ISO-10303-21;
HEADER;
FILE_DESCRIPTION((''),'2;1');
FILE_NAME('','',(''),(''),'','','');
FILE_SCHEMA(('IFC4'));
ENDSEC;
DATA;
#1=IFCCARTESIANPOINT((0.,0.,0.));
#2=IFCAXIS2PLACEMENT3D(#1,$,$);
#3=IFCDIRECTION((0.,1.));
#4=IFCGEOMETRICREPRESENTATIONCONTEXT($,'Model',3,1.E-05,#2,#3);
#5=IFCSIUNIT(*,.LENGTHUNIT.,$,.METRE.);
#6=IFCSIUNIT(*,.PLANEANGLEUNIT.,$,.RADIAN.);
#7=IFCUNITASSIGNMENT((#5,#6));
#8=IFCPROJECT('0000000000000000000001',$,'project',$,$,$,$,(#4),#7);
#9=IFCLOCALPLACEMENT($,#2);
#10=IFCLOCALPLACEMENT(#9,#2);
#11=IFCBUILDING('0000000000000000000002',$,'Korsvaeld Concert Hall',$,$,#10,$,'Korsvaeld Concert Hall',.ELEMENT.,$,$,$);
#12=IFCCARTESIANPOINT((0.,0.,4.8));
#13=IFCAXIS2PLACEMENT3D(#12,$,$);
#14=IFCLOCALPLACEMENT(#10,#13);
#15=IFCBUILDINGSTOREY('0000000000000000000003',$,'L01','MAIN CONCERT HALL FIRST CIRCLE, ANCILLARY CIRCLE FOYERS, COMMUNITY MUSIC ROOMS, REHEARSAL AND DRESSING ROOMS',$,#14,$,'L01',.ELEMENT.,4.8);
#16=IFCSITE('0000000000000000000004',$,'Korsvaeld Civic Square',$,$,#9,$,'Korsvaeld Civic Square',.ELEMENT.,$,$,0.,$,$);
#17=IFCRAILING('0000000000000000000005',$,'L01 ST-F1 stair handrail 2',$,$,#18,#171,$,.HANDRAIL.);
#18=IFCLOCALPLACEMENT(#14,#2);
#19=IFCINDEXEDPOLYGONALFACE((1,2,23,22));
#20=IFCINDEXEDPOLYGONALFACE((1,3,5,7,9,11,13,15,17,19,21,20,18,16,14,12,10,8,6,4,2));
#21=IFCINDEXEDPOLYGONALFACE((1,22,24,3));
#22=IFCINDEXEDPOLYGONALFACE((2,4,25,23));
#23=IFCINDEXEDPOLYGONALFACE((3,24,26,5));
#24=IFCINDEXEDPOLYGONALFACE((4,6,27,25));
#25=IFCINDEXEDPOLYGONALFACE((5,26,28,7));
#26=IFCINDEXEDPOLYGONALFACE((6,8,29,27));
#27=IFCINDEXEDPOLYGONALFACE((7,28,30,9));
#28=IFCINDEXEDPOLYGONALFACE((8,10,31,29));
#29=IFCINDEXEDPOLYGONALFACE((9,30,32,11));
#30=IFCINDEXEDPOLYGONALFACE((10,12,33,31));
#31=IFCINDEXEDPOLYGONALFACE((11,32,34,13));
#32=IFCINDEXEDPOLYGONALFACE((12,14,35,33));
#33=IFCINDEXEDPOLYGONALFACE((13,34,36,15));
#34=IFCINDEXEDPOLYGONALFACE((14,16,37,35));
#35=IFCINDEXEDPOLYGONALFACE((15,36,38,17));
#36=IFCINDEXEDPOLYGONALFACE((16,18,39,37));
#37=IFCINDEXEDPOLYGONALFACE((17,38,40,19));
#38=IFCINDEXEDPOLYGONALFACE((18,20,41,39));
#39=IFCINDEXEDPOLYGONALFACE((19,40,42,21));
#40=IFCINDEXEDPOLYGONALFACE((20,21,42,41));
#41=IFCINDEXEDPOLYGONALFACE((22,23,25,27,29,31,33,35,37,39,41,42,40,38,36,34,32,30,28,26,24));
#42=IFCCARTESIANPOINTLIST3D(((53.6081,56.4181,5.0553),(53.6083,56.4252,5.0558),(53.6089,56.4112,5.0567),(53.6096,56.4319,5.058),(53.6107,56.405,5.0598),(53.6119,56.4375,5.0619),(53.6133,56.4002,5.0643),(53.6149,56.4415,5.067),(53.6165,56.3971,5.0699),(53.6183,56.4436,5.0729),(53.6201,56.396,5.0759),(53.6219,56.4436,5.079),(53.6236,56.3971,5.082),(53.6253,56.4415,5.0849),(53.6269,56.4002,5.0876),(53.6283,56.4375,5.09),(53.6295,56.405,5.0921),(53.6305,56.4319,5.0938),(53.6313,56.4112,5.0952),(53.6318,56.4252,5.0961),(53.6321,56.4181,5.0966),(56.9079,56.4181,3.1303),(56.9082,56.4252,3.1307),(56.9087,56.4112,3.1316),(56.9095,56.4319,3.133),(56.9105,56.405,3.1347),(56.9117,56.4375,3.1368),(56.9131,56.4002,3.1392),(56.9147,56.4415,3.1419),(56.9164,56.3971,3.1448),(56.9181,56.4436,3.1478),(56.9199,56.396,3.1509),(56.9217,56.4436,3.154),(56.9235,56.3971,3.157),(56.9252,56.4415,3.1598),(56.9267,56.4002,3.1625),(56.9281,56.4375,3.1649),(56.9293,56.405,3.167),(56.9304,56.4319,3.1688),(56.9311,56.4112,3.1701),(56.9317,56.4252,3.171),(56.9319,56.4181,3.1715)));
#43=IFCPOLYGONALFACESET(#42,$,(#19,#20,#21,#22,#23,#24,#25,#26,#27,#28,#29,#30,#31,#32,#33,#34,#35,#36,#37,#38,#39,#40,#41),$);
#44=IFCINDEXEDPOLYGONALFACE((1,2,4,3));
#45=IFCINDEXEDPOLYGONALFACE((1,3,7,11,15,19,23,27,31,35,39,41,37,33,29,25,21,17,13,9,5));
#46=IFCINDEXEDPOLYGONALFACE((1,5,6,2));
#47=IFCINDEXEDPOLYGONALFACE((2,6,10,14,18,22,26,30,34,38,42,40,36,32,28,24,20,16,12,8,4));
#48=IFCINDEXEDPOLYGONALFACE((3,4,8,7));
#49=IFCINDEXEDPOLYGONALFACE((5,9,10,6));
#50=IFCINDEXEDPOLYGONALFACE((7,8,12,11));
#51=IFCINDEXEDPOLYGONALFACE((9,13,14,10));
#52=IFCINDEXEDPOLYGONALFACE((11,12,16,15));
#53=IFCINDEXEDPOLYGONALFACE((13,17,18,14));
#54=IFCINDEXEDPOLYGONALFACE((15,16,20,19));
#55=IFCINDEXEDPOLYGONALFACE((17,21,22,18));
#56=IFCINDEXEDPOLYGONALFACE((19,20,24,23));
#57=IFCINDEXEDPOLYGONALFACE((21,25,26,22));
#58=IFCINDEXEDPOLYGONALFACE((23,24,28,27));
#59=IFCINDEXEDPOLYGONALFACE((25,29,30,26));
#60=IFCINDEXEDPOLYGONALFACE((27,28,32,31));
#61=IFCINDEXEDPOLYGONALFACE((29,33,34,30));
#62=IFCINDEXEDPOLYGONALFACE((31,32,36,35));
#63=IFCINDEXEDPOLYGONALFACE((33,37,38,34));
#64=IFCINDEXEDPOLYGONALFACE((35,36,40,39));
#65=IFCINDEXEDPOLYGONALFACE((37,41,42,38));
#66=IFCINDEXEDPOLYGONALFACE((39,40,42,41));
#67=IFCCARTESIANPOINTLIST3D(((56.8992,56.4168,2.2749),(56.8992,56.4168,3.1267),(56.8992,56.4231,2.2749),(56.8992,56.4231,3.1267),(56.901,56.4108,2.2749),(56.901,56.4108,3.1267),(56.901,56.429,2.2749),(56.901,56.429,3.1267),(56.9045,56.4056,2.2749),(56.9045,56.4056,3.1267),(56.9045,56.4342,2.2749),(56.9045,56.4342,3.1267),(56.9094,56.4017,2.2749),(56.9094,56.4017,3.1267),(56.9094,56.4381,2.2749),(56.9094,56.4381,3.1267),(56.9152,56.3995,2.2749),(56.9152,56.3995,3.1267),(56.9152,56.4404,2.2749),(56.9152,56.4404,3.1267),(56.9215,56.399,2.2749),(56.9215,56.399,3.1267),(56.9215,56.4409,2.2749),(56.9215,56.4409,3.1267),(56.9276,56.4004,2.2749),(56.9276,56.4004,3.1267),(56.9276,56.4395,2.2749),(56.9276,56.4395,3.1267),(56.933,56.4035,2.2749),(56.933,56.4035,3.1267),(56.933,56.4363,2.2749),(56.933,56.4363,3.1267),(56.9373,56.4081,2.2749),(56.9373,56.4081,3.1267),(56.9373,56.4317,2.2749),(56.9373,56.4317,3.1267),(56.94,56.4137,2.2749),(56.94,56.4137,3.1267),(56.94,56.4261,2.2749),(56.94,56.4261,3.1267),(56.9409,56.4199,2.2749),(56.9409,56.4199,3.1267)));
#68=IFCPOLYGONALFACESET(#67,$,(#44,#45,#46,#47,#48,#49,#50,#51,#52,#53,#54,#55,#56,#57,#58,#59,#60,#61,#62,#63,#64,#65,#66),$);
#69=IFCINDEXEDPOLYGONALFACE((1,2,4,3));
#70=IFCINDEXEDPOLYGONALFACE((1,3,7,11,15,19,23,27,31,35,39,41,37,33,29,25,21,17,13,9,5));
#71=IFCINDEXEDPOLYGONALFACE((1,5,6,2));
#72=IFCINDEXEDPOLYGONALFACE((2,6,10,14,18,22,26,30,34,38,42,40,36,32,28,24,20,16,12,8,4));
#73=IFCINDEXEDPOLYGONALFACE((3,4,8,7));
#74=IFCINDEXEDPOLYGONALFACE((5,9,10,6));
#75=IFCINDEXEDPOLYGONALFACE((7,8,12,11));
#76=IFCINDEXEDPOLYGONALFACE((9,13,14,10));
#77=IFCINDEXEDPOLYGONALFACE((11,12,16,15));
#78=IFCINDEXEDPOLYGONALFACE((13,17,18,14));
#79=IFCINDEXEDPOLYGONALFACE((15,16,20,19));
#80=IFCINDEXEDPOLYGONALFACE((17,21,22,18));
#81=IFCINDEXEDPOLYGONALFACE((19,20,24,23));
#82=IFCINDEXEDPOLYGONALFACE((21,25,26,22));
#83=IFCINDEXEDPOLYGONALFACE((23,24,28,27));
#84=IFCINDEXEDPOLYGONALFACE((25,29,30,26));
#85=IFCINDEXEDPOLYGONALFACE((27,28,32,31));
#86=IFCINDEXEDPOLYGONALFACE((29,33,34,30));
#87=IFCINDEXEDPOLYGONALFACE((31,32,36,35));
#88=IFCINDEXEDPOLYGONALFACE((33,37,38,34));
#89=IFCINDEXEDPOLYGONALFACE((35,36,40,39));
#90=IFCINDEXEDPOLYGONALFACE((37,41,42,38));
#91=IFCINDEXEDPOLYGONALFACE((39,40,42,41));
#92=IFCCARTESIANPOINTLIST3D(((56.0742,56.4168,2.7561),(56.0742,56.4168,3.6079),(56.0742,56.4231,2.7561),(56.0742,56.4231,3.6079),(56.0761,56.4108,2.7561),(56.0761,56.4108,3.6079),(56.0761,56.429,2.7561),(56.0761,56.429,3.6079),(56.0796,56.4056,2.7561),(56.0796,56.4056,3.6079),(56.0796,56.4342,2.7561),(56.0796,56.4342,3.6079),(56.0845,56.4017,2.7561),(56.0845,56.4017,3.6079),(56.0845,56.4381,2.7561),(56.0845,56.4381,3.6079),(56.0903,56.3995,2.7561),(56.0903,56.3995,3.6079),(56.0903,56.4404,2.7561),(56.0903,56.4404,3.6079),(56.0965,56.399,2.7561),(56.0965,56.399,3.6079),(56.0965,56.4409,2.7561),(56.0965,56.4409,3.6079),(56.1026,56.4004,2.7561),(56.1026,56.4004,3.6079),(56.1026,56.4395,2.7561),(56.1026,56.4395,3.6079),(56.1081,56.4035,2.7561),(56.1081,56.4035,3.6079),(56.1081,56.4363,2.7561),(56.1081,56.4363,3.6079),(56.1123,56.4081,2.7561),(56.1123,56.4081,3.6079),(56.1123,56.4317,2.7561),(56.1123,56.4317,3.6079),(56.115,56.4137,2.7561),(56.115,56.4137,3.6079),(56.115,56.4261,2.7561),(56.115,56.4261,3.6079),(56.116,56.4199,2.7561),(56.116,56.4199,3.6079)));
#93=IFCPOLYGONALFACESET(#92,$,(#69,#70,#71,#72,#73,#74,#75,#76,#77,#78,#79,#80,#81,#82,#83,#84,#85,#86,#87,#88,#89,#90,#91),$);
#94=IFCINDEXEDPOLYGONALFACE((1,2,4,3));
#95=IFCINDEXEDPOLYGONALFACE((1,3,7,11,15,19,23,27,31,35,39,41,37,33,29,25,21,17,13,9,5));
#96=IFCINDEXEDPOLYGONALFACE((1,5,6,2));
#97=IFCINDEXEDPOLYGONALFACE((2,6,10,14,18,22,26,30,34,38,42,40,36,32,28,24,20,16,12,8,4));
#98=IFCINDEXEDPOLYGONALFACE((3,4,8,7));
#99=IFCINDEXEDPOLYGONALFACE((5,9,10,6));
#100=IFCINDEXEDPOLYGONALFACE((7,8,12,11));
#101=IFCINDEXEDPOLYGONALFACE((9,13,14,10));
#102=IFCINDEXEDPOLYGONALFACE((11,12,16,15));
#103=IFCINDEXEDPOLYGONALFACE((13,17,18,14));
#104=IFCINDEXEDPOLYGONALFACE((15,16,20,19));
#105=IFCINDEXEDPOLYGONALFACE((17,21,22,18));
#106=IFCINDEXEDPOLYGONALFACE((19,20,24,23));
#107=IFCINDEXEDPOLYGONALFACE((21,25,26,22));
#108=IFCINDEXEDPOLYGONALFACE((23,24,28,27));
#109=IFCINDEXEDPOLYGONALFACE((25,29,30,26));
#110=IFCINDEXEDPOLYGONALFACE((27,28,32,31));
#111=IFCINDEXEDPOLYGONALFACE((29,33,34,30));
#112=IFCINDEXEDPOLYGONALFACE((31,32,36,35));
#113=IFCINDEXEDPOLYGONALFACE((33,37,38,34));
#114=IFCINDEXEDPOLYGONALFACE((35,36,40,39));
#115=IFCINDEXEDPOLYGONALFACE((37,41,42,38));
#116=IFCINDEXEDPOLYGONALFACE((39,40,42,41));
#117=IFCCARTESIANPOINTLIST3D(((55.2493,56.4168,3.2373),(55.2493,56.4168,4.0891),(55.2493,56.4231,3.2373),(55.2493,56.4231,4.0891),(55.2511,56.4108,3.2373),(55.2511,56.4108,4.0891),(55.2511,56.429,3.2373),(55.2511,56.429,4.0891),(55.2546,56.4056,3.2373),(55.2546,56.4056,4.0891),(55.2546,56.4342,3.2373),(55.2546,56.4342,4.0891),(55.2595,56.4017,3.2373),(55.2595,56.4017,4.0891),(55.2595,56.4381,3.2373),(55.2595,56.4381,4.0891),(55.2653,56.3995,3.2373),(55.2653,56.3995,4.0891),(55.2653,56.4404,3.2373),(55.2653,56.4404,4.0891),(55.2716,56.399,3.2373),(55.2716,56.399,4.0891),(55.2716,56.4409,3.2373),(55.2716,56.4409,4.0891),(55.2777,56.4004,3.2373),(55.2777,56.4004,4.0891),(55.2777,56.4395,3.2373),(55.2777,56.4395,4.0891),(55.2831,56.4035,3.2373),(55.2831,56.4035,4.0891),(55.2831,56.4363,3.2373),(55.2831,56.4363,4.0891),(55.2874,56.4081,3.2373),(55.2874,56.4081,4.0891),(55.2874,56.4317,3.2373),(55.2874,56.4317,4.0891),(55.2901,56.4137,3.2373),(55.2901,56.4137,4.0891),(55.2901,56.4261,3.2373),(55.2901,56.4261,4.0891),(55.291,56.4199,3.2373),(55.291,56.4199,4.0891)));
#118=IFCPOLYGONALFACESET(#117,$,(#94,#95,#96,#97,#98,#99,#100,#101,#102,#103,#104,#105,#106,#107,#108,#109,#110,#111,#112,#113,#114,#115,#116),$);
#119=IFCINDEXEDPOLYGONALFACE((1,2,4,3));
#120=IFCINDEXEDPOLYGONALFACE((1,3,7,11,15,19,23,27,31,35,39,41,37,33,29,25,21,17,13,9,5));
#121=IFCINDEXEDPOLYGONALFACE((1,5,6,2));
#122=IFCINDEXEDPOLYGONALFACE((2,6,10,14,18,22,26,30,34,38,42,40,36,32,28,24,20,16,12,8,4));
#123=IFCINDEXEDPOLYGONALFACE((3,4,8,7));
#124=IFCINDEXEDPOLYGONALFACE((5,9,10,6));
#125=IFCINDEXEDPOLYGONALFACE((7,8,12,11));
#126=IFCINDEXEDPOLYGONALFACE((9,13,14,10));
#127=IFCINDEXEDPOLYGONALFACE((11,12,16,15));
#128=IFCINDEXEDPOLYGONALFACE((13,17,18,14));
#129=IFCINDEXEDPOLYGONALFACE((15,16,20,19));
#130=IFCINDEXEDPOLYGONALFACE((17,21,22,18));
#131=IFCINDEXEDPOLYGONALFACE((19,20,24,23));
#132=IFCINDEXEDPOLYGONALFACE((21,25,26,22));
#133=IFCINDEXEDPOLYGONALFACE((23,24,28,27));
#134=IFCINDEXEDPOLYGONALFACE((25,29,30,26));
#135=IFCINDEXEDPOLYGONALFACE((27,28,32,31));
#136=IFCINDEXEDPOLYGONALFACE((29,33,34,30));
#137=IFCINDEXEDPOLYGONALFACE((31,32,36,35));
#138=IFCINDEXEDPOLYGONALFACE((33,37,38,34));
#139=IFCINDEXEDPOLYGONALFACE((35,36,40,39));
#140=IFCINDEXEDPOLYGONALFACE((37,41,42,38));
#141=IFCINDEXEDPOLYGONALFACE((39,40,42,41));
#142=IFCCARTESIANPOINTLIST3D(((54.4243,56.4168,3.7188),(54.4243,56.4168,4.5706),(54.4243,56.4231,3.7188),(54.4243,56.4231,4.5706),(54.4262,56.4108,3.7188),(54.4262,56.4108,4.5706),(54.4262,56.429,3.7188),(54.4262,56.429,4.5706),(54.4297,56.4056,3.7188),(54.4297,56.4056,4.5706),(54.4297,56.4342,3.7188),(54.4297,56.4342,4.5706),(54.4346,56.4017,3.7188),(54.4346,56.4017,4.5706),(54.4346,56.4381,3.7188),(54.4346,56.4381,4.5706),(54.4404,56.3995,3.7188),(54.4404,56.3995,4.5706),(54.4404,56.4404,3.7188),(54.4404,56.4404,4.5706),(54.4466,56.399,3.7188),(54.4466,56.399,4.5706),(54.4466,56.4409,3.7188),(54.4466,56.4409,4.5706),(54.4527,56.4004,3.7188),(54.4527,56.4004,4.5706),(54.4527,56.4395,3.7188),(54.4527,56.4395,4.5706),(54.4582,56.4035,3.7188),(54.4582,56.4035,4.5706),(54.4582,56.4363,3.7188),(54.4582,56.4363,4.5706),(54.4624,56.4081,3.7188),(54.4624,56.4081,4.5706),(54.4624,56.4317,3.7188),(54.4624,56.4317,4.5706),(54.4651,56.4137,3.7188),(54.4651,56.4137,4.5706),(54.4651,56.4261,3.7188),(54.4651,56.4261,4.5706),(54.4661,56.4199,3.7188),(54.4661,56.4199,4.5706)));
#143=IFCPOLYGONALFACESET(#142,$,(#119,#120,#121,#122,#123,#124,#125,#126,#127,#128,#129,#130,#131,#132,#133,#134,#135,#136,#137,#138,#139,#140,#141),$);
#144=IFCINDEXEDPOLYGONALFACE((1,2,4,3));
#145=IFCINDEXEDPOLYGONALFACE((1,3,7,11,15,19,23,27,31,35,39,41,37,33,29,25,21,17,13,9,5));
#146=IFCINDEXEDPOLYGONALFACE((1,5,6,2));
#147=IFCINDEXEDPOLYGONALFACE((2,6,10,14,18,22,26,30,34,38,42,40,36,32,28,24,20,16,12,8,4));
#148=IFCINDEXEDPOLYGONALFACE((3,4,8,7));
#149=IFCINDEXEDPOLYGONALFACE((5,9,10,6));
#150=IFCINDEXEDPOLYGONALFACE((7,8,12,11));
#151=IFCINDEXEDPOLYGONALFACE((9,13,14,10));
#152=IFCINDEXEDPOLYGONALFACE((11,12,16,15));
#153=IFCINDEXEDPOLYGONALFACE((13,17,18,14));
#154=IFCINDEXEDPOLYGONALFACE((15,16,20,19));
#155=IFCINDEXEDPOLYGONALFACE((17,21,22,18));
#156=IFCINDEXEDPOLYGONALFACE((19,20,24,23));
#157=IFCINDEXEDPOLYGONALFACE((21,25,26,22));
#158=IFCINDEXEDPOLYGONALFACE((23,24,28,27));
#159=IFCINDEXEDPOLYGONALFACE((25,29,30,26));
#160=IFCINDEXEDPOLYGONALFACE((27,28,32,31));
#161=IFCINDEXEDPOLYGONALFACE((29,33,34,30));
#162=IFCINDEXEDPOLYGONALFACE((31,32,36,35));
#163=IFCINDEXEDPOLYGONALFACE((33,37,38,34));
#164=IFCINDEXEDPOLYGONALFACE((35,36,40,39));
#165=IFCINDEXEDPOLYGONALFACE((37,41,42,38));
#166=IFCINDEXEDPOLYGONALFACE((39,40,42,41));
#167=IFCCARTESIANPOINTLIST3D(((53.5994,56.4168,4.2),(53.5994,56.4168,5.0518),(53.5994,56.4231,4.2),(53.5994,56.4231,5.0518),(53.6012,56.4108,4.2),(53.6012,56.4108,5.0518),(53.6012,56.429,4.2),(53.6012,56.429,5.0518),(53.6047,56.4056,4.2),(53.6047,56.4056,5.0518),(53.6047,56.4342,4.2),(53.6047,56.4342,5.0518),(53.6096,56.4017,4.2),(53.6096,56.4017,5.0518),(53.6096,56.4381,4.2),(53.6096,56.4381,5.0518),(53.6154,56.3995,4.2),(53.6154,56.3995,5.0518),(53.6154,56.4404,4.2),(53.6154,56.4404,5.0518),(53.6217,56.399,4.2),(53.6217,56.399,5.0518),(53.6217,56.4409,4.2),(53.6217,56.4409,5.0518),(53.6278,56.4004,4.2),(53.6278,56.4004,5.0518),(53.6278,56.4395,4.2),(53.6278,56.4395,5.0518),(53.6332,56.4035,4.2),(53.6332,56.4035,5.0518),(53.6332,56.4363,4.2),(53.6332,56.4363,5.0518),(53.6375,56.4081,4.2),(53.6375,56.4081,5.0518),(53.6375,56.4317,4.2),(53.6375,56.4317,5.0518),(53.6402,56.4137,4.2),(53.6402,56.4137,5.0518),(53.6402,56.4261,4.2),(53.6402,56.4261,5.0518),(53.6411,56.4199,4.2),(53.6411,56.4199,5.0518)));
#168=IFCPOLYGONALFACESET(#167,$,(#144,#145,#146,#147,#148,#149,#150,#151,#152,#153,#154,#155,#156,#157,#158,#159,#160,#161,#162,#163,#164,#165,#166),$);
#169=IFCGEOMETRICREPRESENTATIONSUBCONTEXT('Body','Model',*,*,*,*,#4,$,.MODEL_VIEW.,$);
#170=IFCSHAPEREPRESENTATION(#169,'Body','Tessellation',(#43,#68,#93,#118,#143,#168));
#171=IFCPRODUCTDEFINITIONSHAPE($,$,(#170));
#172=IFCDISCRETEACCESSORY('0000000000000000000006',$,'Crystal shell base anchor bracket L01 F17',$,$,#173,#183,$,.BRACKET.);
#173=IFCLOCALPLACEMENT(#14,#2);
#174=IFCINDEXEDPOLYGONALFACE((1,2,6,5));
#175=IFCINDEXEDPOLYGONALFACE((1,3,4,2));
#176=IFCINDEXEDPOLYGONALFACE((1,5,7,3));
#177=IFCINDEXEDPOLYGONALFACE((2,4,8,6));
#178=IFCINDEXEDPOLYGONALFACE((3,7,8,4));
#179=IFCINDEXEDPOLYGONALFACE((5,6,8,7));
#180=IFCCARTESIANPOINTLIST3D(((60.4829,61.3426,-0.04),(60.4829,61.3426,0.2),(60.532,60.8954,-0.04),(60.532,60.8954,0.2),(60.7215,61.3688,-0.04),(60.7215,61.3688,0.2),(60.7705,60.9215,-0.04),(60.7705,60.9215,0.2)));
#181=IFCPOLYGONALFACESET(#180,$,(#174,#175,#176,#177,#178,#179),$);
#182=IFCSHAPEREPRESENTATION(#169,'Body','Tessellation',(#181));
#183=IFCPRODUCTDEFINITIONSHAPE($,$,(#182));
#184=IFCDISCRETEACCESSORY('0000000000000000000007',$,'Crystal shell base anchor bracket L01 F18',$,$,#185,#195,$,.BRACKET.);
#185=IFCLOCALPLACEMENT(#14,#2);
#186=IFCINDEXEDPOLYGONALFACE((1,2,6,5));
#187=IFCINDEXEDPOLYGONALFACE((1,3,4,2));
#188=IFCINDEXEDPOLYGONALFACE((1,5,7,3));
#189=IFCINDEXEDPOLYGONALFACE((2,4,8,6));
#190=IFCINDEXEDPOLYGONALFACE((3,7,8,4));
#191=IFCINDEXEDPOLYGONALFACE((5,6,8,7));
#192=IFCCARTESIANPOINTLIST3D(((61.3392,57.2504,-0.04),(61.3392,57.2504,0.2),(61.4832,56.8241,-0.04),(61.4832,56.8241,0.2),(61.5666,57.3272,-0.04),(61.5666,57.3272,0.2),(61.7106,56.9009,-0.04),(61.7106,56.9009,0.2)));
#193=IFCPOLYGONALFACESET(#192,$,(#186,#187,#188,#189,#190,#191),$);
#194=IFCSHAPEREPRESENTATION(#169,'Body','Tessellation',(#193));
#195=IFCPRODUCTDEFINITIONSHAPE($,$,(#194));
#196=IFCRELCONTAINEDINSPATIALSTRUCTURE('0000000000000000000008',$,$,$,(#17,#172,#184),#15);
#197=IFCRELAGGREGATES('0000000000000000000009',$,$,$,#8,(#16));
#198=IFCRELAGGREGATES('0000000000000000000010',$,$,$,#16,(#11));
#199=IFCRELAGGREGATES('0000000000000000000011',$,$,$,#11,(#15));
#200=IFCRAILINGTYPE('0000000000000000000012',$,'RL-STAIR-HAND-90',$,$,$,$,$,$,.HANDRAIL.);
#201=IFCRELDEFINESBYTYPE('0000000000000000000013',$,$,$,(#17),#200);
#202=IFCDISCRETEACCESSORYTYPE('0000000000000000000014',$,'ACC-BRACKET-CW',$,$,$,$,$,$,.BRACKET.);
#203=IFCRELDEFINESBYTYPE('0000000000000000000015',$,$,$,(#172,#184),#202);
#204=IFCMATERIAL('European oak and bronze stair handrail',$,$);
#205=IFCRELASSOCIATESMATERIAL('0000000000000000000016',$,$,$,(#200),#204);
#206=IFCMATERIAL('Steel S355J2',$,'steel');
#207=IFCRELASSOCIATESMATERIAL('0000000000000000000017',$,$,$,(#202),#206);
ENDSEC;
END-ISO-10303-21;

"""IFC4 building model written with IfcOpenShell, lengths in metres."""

from ifc_helpers import new_model, si_unit, direction, frame, origin, origin_2d, place, context, subcontext, project, spatial, rectangle, circle, extrude, material, type_object, element, save


model = new_model("IFC4")

# Units and contexts
model_context = context("Model", 3, precision=1e-05, world=origin(), true_north=direction((0.0, 1.0)))
body_context = subcontext(model_context, "Body", "Model", "MODEL_VIEW")
ifc_project = project(units=[si_unit("LENGTHUNIT", "METRE"), si_unit("PLANEANGLEUNIT", "RADIAN")], contexts=[model_context])

# Site, building, storey
site_placement = place(None, origin())
site = spatial("IfcSite", under=ifc_project, at=site_placement, Name="Korsvaeld Civic Square", LongName="Korsvaeld Civic Square", CompositionType="ELEMENT", RefElevation=0.0)
building_placement = place(site_placement, origin())
building = spatial("IfcBuilding", under=site, at=building_placement, Name="Korsvaeld Concert Hall", LongName="Korsvaeld Concert Hall", CompositionType="ELEMENT")
storey_placement = place(building_placement, frame((0.0, 0.0, 4.8)))
storey = spatial("IfcBuildingStorey", under=building, at=storey_placement, Name="L01", Description="MAIN CONCERT HALL FIRST CIRCLE, ANCILLARY CIRCLE FOYERS, COMMUNITY MUSIC ROOMS, REHEARSAL AND DRESSING ROOMS", LongName="L01", CompositionType="ELEMENT", Elevation=4.8)

# Railing
ifc_material_1 = material(Name="European oak and bronze stair handrail")
railing_type = type_object("IfcRailingType", Name="RL-STAIR-HAND-90", PredefinedType="HANDRAIL", material=ifc_material_1)
railing_placement = place(storey_placement, frame((56.9199, 56.4199, 2.2749)))
element("IfcRailing", 1, at=railing_placement, inside=storey, type_object=railing_type, Name="L01 ST-F1 stair handrail 2", PredefinedType="HANDRAIL", context=body_context, shape_type="SweptSolid", body=[
    extrude(circle(Radius=0.0239, at=origin_2d()), frame((0.0, 0.0, 0.876), z_axis=(-0.86376, 0.0, 0.503903), x_axis=(0.0, -1.0, 0.0)), (0.0, 0.0, 1.0), 3.8203),
    extrude(circle(Radius=0.021, at=origin_2d()), origin(), (0.0, 0.0, 1.0), 0.8518),
    extrude(circle(Radius=0.021, at=origin_2d()), frame((-0.825, 0.0, 0.4812)), (0.0, 0.0, 1.0), 0.8518),
    extrude(circle(Radius=0.021, at=origin_2d()), frame((-1.6499, 0.0, 0.9624)), (0.0, 0.0, 1.0), 0.8518),
    extrude(circle(Radius=0.021, at=origin_2d()), frame((-2.4749, 0.0, 1.4438)), (0.0, 0.0, 1.0), 0.8518),
    extrude(circle(Radius=0.021, at=origin_2d()), frame((-3.2998, 0.0, 1.925)), (0.0, 0.0, 1.0), 0.8518),
])

# Discrete accessories
ifc_material_2 = material(Name="Steel S355J2", Category="steel")
discrete_accessory_type = type_object("IfcDiscreteAccessoryType", Name="ACC-BRACKET-CW", PredefinedType="BRACKET", material=ifc_material_2)
for number, where, z_axis, x_axis, name in (
    (2, (60.6267, 61.1321, -0.04), (0.0, 0.0, 1.0), (0.10904, -0.994037, 0.0), "Crystal shell base anchor bracket L01 F17"),
    (3, (61.5249, 57.0757, -0.04), (0.0, 0.0, 1.0), (0.319952, -0.947434, 0.0), "Crystal shell base anchor bracket L01 F18"),
):
    element("IfcDiscreteAccessory", number, at=place(storey_placement, frame(where, z_axis=z_axis, x_axis=x_axis)), inside=storey, type_object=discrete_accessory_type, Name=name, PredefinedType="BRACKET", context=body_context, shape_type="SweptSolid", body=[
        extrude(rectangle(XDim=0.45, YDim=0.24, at=origin_2d()), origin(), (0.0, 0.0, 1.0), 0.24),
    ])

save(model, "model.ifc")
